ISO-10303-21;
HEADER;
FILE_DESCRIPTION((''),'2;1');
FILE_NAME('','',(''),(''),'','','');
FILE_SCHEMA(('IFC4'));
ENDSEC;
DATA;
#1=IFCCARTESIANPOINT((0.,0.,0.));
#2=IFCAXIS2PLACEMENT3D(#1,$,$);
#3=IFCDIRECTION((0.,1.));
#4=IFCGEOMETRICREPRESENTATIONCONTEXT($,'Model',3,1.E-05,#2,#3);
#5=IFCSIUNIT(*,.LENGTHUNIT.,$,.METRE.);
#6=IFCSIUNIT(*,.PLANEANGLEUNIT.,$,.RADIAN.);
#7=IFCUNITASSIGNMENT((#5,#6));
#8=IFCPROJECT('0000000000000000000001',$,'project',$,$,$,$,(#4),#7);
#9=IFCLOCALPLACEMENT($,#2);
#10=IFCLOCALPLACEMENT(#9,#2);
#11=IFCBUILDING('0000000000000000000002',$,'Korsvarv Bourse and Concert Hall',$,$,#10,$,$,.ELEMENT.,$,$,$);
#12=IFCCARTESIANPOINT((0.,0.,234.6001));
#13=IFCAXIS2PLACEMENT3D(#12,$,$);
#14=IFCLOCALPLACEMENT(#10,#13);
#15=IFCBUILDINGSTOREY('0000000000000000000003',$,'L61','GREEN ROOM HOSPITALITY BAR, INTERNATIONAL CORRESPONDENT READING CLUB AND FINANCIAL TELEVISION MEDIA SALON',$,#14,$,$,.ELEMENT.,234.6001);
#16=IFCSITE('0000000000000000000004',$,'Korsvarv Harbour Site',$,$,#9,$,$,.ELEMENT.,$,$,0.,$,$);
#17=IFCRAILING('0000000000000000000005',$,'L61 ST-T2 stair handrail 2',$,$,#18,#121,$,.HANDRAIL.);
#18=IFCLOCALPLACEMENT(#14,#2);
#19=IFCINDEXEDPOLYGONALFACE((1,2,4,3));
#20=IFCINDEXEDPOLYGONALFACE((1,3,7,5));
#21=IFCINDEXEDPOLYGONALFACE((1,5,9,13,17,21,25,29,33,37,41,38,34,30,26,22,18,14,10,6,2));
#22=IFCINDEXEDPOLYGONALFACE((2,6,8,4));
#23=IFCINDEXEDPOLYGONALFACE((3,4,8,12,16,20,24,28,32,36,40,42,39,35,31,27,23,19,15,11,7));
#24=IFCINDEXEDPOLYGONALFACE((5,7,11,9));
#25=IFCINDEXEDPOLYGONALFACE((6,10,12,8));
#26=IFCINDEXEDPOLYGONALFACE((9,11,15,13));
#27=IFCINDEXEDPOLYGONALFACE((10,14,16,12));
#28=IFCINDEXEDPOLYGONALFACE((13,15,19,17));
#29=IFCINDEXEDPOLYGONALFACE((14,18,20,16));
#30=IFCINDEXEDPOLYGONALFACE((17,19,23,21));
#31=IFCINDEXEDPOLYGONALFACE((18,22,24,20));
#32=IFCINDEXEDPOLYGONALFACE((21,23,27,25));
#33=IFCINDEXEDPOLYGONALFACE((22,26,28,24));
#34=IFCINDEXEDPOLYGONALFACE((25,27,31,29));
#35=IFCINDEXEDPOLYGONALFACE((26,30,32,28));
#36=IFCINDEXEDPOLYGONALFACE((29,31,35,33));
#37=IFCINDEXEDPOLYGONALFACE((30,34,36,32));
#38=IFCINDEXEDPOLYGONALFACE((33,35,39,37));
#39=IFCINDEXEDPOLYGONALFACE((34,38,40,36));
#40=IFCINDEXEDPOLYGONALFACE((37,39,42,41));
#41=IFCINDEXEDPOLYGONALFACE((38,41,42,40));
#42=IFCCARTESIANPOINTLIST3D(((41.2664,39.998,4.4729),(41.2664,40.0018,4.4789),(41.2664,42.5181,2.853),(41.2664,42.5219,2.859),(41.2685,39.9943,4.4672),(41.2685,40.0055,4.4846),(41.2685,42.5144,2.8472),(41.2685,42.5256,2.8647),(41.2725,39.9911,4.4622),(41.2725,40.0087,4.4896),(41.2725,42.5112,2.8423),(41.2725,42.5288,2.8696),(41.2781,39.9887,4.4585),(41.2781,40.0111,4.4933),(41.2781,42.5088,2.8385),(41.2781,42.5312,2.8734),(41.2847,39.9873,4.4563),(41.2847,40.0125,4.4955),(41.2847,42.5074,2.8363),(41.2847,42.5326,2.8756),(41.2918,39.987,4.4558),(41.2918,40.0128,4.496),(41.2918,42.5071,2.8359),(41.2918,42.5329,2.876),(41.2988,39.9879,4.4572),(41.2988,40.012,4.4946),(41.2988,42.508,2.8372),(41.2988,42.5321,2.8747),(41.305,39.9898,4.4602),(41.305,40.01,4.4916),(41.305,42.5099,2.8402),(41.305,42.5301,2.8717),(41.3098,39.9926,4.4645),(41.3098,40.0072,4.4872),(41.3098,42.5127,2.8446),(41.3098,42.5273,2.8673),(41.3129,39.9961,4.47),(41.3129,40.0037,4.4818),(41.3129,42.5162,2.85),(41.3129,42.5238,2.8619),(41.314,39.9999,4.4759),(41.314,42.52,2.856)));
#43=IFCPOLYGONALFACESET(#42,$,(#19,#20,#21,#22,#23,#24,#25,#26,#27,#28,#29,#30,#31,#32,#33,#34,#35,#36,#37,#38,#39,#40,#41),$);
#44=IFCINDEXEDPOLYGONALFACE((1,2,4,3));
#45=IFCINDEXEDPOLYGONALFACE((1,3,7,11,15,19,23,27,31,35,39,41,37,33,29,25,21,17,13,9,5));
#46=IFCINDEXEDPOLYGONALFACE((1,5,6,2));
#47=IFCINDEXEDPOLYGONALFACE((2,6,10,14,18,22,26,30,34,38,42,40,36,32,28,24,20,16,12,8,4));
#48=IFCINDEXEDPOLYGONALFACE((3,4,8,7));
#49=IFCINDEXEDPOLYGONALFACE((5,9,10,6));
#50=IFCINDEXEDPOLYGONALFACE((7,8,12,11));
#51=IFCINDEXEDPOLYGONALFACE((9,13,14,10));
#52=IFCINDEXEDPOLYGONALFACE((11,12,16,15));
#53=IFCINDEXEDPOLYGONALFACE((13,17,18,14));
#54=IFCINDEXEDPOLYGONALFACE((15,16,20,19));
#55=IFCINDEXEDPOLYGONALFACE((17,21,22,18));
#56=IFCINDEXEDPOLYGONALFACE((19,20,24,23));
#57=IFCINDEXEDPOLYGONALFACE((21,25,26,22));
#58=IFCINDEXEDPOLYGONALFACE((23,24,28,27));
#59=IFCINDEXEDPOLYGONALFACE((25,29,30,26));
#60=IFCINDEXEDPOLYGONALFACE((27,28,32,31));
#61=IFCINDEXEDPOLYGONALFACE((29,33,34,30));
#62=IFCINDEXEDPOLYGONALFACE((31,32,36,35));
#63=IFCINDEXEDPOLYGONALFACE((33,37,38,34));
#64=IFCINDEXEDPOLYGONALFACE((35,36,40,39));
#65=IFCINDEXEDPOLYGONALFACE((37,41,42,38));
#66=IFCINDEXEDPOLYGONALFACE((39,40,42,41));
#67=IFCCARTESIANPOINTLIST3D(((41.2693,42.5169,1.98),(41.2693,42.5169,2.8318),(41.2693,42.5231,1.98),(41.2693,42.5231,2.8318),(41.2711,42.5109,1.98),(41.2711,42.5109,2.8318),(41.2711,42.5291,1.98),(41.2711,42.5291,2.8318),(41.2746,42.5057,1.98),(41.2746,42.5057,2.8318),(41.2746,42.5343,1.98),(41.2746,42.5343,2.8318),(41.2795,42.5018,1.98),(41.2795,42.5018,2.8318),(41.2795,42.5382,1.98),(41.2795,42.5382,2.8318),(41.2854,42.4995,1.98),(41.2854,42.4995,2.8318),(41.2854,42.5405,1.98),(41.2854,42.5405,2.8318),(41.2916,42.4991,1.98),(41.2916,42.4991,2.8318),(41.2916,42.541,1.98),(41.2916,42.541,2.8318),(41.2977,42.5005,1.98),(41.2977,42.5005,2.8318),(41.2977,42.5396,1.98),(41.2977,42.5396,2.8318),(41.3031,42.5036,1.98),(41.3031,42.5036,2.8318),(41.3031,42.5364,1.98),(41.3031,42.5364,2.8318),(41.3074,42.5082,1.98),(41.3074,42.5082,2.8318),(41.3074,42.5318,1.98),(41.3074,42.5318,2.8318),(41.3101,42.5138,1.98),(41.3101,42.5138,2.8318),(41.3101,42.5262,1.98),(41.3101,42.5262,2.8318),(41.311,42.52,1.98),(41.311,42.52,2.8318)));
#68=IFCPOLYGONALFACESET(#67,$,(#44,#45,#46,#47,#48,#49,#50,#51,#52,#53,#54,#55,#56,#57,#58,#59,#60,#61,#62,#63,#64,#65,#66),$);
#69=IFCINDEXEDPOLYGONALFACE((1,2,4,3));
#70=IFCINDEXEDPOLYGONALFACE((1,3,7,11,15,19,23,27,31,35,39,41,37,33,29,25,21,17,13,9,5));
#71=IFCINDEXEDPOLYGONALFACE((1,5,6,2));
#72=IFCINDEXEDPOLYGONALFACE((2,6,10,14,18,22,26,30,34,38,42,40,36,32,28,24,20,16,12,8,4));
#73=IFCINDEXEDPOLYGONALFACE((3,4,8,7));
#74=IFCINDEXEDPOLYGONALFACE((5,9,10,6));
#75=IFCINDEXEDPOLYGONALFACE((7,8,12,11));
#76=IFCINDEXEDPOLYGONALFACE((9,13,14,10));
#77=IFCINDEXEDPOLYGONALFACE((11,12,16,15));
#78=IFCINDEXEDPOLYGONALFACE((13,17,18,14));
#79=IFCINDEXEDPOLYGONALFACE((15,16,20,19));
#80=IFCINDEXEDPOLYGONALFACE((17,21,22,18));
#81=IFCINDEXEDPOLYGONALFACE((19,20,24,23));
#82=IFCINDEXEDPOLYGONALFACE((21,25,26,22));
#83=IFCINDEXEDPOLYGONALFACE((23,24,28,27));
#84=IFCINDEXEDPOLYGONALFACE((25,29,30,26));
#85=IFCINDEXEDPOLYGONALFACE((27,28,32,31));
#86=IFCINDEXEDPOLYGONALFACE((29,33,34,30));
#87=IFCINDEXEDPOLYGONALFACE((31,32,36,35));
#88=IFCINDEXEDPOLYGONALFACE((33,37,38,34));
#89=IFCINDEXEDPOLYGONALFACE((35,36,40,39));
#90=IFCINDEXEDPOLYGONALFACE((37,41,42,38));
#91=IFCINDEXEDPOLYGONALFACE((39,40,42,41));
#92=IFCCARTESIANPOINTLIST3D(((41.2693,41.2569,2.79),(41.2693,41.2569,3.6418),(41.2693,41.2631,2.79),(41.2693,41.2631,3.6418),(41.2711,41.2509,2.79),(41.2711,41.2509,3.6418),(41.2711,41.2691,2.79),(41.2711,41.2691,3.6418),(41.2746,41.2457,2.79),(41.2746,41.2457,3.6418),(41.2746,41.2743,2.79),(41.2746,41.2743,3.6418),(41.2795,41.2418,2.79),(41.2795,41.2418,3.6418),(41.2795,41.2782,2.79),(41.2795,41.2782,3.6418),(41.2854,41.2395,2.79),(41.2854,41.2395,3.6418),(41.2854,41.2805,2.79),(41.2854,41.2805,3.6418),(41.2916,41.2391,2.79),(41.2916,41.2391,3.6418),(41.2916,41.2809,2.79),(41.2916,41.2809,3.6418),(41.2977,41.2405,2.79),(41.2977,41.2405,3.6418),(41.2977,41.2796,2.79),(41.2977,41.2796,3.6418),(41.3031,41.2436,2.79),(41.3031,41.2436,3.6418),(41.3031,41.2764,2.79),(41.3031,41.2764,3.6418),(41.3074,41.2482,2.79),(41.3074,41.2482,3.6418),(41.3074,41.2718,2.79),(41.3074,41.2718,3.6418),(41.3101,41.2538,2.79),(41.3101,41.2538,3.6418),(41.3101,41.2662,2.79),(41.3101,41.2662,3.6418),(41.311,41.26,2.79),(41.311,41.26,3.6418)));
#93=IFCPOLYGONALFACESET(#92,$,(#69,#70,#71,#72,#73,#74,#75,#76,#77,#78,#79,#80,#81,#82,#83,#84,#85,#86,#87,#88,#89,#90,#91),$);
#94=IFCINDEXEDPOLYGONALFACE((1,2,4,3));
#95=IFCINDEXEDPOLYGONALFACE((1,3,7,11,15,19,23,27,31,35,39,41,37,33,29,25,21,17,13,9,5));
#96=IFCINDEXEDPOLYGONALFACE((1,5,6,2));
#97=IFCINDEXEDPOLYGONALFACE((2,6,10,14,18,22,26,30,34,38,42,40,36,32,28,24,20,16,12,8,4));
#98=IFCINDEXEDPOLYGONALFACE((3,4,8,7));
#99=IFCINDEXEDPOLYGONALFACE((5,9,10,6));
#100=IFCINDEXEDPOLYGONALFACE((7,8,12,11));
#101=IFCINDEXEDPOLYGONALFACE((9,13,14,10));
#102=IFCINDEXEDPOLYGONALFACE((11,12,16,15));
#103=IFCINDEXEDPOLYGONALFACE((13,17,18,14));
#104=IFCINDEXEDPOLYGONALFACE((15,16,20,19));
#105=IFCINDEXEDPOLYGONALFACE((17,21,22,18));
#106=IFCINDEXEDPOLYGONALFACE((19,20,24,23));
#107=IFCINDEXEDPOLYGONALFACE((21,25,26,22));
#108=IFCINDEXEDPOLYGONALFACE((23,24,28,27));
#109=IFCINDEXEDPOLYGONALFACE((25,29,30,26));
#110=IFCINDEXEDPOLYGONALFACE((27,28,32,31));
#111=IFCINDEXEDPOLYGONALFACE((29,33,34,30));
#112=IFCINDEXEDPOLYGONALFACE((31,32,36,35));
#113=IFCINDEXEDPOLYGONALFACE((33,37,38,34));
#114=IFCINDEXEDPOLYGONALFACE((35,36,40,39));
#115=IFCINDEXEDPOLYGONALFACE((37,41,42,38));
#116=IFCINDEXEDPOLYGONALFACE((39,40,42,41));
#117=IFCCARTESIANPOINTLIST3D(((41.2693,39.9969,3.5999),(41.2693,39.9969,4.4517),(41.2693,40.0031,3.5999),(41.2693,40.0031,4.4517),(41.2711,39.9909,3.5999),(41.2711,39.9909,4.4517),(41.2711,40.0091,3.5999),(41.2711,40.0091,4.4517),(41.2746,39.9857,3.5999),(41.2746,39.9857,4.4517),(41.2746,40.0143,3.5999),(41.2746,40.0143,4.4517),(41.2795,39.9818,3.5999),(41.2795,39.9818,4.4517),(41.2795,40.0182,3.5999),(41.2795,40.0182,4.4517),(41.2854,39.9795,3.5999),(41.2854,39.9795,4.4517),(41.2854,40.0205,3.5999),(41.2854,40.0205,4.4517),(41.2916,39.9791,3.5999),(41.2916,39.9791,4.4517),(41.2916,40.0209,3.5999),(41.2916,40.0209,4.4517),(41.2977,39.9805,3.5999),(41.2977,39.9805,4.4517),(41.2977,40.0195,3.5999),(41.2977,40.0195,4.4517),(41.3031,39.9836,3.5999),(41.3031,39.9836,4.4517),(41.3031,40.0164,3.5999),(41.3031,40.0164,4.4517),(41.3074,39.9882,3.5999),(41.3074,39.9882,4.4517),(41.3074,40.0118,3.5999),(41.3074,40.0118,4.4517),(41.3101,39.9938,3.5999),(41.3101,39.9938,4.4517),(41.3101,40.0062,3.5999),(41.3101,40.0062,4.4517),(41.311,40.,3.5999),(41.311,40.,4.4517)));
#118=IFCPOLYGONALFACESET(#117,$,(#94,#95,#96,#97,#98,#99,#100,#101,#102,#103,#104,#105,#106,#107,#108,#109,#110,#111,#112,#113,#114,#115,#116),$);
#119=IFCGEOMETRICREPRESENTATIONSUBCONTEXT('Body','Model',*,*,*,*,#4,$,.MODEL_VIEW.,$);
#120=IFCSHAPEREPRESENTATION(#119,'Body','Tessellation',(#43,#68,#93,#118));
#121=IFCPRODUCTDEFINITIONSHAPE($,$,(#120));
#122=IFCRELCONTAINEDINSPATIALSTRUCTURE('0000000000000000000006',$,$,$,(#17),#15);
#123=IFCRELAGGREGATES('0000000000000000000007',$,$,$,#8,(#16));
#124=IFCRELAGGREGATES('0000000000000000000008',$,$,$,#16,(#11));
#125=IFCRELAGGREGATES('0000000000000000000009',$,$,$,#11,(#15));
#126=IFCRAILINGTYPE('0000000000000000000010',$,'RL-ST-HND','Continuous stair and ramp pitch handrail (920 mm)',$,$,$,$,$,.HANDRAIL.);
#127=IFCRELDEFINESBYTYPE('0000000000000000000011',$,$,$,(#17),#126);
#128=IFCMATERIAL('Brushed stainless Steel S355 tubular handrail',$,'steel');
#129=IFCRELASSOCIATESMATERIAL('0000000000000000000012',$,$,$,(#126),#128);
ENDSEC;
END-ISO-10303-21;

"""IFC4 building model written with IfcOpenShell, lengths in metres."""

from ifc_helpers import new_model, si_unit, direction, frame, origin, origin_2d, place, context, subcontext, project, spatial, circle, extrude, material, type_object, element, save


model = new_model("IFC4")

# Units and contexts
model_context = context("Model", 3, precision=1e-05, world=origin(), true_north=direction((0.0, 1.0)))
body_context = subcontext(model_context, "Body", "Model", "MODEL_VIEW")
ifc_project = project(units=[si_unit("LENGTHUNIT", "METRE"), si_unit("PLANEANGLEUNIT", "RADIAN")], contexts=[model_context])

# Site, building, storey
site_placement = place(None, origin())
site = spatial("IfcSite", under=ifc_project, at=site_placement, Name="Korsvarv Harbour Site", CompositionType="ELEMENT", RefElevation=0.0)
building_placement = place(site_placement, origin())
building = spatial("IfcBuilding", under=site, at=building_placement, Name="Korsvarv Bourse and Concert Hall", CompositionType="ELEMENT")
storey_placement = place(building_placement, frame((0.0, 0.0, 234.6001)))
storey = spatial("IfcBuildingStorey", under=building, at=storey_placement, Name="L61", Description="GREEN ROOM HOSPITALITY BAR, INTERNATIONAL CORRESPONDENT READING CLUB AND FINANCIAL TELEVISION MEDIA SALON", CompositionType="ELEMENT", Elevation=234.6001)

# Railing
ifc_material_1 = material(Name="Brushed stainless Steel S355 tubular handrail", Category="steel")
railing_type_1 = type_object("IfcRailingType", Name="RL-ST-HND", Description="Continuous stair and ramp pitch handrail (920 mm)", PredefinedType="HANDRAIL", material=ifc_material_1)
railing_1_placement = place(storey_placement, frame((41.29, 42.52, 1.98)))
element("IfcRailing", 1, at=railing_1_placement, inside=storey, type_object=railing_type_1, Name="L61 ST-T2 stair handrail 2", PredefinedType="HANDRAIL", context=body_context, shape_type="SweptSolid", body=[
    extrude(circle(Radius=0.0239, at=origin_2d()), frame((0.0, 0.0, 0.876), z_axis=(0.0, -0.8412, 0.540725), x_axis=(1.0, 0.0, 0.0)), (0.0, 0.0, 1.0), 2.9958),
    extrude(circle(Radius=0.021, at=origin_2d()), origin(), (0.0, 0.0, 1.0), 0.8518),
    extrude(circle(Radius=0.021, at=origin_2d()), frame((0.0, -1.26, 0.8101)), (0.0, 0.0, 1.0), 0.8518),
    extrude(circle(Radius=0.021, at=origin_2d()), frame((0.0, -2.52, 1.6199)), (0.0, 0.0, 1.0), 0.8518),
])

save(model, "model.ifc")
